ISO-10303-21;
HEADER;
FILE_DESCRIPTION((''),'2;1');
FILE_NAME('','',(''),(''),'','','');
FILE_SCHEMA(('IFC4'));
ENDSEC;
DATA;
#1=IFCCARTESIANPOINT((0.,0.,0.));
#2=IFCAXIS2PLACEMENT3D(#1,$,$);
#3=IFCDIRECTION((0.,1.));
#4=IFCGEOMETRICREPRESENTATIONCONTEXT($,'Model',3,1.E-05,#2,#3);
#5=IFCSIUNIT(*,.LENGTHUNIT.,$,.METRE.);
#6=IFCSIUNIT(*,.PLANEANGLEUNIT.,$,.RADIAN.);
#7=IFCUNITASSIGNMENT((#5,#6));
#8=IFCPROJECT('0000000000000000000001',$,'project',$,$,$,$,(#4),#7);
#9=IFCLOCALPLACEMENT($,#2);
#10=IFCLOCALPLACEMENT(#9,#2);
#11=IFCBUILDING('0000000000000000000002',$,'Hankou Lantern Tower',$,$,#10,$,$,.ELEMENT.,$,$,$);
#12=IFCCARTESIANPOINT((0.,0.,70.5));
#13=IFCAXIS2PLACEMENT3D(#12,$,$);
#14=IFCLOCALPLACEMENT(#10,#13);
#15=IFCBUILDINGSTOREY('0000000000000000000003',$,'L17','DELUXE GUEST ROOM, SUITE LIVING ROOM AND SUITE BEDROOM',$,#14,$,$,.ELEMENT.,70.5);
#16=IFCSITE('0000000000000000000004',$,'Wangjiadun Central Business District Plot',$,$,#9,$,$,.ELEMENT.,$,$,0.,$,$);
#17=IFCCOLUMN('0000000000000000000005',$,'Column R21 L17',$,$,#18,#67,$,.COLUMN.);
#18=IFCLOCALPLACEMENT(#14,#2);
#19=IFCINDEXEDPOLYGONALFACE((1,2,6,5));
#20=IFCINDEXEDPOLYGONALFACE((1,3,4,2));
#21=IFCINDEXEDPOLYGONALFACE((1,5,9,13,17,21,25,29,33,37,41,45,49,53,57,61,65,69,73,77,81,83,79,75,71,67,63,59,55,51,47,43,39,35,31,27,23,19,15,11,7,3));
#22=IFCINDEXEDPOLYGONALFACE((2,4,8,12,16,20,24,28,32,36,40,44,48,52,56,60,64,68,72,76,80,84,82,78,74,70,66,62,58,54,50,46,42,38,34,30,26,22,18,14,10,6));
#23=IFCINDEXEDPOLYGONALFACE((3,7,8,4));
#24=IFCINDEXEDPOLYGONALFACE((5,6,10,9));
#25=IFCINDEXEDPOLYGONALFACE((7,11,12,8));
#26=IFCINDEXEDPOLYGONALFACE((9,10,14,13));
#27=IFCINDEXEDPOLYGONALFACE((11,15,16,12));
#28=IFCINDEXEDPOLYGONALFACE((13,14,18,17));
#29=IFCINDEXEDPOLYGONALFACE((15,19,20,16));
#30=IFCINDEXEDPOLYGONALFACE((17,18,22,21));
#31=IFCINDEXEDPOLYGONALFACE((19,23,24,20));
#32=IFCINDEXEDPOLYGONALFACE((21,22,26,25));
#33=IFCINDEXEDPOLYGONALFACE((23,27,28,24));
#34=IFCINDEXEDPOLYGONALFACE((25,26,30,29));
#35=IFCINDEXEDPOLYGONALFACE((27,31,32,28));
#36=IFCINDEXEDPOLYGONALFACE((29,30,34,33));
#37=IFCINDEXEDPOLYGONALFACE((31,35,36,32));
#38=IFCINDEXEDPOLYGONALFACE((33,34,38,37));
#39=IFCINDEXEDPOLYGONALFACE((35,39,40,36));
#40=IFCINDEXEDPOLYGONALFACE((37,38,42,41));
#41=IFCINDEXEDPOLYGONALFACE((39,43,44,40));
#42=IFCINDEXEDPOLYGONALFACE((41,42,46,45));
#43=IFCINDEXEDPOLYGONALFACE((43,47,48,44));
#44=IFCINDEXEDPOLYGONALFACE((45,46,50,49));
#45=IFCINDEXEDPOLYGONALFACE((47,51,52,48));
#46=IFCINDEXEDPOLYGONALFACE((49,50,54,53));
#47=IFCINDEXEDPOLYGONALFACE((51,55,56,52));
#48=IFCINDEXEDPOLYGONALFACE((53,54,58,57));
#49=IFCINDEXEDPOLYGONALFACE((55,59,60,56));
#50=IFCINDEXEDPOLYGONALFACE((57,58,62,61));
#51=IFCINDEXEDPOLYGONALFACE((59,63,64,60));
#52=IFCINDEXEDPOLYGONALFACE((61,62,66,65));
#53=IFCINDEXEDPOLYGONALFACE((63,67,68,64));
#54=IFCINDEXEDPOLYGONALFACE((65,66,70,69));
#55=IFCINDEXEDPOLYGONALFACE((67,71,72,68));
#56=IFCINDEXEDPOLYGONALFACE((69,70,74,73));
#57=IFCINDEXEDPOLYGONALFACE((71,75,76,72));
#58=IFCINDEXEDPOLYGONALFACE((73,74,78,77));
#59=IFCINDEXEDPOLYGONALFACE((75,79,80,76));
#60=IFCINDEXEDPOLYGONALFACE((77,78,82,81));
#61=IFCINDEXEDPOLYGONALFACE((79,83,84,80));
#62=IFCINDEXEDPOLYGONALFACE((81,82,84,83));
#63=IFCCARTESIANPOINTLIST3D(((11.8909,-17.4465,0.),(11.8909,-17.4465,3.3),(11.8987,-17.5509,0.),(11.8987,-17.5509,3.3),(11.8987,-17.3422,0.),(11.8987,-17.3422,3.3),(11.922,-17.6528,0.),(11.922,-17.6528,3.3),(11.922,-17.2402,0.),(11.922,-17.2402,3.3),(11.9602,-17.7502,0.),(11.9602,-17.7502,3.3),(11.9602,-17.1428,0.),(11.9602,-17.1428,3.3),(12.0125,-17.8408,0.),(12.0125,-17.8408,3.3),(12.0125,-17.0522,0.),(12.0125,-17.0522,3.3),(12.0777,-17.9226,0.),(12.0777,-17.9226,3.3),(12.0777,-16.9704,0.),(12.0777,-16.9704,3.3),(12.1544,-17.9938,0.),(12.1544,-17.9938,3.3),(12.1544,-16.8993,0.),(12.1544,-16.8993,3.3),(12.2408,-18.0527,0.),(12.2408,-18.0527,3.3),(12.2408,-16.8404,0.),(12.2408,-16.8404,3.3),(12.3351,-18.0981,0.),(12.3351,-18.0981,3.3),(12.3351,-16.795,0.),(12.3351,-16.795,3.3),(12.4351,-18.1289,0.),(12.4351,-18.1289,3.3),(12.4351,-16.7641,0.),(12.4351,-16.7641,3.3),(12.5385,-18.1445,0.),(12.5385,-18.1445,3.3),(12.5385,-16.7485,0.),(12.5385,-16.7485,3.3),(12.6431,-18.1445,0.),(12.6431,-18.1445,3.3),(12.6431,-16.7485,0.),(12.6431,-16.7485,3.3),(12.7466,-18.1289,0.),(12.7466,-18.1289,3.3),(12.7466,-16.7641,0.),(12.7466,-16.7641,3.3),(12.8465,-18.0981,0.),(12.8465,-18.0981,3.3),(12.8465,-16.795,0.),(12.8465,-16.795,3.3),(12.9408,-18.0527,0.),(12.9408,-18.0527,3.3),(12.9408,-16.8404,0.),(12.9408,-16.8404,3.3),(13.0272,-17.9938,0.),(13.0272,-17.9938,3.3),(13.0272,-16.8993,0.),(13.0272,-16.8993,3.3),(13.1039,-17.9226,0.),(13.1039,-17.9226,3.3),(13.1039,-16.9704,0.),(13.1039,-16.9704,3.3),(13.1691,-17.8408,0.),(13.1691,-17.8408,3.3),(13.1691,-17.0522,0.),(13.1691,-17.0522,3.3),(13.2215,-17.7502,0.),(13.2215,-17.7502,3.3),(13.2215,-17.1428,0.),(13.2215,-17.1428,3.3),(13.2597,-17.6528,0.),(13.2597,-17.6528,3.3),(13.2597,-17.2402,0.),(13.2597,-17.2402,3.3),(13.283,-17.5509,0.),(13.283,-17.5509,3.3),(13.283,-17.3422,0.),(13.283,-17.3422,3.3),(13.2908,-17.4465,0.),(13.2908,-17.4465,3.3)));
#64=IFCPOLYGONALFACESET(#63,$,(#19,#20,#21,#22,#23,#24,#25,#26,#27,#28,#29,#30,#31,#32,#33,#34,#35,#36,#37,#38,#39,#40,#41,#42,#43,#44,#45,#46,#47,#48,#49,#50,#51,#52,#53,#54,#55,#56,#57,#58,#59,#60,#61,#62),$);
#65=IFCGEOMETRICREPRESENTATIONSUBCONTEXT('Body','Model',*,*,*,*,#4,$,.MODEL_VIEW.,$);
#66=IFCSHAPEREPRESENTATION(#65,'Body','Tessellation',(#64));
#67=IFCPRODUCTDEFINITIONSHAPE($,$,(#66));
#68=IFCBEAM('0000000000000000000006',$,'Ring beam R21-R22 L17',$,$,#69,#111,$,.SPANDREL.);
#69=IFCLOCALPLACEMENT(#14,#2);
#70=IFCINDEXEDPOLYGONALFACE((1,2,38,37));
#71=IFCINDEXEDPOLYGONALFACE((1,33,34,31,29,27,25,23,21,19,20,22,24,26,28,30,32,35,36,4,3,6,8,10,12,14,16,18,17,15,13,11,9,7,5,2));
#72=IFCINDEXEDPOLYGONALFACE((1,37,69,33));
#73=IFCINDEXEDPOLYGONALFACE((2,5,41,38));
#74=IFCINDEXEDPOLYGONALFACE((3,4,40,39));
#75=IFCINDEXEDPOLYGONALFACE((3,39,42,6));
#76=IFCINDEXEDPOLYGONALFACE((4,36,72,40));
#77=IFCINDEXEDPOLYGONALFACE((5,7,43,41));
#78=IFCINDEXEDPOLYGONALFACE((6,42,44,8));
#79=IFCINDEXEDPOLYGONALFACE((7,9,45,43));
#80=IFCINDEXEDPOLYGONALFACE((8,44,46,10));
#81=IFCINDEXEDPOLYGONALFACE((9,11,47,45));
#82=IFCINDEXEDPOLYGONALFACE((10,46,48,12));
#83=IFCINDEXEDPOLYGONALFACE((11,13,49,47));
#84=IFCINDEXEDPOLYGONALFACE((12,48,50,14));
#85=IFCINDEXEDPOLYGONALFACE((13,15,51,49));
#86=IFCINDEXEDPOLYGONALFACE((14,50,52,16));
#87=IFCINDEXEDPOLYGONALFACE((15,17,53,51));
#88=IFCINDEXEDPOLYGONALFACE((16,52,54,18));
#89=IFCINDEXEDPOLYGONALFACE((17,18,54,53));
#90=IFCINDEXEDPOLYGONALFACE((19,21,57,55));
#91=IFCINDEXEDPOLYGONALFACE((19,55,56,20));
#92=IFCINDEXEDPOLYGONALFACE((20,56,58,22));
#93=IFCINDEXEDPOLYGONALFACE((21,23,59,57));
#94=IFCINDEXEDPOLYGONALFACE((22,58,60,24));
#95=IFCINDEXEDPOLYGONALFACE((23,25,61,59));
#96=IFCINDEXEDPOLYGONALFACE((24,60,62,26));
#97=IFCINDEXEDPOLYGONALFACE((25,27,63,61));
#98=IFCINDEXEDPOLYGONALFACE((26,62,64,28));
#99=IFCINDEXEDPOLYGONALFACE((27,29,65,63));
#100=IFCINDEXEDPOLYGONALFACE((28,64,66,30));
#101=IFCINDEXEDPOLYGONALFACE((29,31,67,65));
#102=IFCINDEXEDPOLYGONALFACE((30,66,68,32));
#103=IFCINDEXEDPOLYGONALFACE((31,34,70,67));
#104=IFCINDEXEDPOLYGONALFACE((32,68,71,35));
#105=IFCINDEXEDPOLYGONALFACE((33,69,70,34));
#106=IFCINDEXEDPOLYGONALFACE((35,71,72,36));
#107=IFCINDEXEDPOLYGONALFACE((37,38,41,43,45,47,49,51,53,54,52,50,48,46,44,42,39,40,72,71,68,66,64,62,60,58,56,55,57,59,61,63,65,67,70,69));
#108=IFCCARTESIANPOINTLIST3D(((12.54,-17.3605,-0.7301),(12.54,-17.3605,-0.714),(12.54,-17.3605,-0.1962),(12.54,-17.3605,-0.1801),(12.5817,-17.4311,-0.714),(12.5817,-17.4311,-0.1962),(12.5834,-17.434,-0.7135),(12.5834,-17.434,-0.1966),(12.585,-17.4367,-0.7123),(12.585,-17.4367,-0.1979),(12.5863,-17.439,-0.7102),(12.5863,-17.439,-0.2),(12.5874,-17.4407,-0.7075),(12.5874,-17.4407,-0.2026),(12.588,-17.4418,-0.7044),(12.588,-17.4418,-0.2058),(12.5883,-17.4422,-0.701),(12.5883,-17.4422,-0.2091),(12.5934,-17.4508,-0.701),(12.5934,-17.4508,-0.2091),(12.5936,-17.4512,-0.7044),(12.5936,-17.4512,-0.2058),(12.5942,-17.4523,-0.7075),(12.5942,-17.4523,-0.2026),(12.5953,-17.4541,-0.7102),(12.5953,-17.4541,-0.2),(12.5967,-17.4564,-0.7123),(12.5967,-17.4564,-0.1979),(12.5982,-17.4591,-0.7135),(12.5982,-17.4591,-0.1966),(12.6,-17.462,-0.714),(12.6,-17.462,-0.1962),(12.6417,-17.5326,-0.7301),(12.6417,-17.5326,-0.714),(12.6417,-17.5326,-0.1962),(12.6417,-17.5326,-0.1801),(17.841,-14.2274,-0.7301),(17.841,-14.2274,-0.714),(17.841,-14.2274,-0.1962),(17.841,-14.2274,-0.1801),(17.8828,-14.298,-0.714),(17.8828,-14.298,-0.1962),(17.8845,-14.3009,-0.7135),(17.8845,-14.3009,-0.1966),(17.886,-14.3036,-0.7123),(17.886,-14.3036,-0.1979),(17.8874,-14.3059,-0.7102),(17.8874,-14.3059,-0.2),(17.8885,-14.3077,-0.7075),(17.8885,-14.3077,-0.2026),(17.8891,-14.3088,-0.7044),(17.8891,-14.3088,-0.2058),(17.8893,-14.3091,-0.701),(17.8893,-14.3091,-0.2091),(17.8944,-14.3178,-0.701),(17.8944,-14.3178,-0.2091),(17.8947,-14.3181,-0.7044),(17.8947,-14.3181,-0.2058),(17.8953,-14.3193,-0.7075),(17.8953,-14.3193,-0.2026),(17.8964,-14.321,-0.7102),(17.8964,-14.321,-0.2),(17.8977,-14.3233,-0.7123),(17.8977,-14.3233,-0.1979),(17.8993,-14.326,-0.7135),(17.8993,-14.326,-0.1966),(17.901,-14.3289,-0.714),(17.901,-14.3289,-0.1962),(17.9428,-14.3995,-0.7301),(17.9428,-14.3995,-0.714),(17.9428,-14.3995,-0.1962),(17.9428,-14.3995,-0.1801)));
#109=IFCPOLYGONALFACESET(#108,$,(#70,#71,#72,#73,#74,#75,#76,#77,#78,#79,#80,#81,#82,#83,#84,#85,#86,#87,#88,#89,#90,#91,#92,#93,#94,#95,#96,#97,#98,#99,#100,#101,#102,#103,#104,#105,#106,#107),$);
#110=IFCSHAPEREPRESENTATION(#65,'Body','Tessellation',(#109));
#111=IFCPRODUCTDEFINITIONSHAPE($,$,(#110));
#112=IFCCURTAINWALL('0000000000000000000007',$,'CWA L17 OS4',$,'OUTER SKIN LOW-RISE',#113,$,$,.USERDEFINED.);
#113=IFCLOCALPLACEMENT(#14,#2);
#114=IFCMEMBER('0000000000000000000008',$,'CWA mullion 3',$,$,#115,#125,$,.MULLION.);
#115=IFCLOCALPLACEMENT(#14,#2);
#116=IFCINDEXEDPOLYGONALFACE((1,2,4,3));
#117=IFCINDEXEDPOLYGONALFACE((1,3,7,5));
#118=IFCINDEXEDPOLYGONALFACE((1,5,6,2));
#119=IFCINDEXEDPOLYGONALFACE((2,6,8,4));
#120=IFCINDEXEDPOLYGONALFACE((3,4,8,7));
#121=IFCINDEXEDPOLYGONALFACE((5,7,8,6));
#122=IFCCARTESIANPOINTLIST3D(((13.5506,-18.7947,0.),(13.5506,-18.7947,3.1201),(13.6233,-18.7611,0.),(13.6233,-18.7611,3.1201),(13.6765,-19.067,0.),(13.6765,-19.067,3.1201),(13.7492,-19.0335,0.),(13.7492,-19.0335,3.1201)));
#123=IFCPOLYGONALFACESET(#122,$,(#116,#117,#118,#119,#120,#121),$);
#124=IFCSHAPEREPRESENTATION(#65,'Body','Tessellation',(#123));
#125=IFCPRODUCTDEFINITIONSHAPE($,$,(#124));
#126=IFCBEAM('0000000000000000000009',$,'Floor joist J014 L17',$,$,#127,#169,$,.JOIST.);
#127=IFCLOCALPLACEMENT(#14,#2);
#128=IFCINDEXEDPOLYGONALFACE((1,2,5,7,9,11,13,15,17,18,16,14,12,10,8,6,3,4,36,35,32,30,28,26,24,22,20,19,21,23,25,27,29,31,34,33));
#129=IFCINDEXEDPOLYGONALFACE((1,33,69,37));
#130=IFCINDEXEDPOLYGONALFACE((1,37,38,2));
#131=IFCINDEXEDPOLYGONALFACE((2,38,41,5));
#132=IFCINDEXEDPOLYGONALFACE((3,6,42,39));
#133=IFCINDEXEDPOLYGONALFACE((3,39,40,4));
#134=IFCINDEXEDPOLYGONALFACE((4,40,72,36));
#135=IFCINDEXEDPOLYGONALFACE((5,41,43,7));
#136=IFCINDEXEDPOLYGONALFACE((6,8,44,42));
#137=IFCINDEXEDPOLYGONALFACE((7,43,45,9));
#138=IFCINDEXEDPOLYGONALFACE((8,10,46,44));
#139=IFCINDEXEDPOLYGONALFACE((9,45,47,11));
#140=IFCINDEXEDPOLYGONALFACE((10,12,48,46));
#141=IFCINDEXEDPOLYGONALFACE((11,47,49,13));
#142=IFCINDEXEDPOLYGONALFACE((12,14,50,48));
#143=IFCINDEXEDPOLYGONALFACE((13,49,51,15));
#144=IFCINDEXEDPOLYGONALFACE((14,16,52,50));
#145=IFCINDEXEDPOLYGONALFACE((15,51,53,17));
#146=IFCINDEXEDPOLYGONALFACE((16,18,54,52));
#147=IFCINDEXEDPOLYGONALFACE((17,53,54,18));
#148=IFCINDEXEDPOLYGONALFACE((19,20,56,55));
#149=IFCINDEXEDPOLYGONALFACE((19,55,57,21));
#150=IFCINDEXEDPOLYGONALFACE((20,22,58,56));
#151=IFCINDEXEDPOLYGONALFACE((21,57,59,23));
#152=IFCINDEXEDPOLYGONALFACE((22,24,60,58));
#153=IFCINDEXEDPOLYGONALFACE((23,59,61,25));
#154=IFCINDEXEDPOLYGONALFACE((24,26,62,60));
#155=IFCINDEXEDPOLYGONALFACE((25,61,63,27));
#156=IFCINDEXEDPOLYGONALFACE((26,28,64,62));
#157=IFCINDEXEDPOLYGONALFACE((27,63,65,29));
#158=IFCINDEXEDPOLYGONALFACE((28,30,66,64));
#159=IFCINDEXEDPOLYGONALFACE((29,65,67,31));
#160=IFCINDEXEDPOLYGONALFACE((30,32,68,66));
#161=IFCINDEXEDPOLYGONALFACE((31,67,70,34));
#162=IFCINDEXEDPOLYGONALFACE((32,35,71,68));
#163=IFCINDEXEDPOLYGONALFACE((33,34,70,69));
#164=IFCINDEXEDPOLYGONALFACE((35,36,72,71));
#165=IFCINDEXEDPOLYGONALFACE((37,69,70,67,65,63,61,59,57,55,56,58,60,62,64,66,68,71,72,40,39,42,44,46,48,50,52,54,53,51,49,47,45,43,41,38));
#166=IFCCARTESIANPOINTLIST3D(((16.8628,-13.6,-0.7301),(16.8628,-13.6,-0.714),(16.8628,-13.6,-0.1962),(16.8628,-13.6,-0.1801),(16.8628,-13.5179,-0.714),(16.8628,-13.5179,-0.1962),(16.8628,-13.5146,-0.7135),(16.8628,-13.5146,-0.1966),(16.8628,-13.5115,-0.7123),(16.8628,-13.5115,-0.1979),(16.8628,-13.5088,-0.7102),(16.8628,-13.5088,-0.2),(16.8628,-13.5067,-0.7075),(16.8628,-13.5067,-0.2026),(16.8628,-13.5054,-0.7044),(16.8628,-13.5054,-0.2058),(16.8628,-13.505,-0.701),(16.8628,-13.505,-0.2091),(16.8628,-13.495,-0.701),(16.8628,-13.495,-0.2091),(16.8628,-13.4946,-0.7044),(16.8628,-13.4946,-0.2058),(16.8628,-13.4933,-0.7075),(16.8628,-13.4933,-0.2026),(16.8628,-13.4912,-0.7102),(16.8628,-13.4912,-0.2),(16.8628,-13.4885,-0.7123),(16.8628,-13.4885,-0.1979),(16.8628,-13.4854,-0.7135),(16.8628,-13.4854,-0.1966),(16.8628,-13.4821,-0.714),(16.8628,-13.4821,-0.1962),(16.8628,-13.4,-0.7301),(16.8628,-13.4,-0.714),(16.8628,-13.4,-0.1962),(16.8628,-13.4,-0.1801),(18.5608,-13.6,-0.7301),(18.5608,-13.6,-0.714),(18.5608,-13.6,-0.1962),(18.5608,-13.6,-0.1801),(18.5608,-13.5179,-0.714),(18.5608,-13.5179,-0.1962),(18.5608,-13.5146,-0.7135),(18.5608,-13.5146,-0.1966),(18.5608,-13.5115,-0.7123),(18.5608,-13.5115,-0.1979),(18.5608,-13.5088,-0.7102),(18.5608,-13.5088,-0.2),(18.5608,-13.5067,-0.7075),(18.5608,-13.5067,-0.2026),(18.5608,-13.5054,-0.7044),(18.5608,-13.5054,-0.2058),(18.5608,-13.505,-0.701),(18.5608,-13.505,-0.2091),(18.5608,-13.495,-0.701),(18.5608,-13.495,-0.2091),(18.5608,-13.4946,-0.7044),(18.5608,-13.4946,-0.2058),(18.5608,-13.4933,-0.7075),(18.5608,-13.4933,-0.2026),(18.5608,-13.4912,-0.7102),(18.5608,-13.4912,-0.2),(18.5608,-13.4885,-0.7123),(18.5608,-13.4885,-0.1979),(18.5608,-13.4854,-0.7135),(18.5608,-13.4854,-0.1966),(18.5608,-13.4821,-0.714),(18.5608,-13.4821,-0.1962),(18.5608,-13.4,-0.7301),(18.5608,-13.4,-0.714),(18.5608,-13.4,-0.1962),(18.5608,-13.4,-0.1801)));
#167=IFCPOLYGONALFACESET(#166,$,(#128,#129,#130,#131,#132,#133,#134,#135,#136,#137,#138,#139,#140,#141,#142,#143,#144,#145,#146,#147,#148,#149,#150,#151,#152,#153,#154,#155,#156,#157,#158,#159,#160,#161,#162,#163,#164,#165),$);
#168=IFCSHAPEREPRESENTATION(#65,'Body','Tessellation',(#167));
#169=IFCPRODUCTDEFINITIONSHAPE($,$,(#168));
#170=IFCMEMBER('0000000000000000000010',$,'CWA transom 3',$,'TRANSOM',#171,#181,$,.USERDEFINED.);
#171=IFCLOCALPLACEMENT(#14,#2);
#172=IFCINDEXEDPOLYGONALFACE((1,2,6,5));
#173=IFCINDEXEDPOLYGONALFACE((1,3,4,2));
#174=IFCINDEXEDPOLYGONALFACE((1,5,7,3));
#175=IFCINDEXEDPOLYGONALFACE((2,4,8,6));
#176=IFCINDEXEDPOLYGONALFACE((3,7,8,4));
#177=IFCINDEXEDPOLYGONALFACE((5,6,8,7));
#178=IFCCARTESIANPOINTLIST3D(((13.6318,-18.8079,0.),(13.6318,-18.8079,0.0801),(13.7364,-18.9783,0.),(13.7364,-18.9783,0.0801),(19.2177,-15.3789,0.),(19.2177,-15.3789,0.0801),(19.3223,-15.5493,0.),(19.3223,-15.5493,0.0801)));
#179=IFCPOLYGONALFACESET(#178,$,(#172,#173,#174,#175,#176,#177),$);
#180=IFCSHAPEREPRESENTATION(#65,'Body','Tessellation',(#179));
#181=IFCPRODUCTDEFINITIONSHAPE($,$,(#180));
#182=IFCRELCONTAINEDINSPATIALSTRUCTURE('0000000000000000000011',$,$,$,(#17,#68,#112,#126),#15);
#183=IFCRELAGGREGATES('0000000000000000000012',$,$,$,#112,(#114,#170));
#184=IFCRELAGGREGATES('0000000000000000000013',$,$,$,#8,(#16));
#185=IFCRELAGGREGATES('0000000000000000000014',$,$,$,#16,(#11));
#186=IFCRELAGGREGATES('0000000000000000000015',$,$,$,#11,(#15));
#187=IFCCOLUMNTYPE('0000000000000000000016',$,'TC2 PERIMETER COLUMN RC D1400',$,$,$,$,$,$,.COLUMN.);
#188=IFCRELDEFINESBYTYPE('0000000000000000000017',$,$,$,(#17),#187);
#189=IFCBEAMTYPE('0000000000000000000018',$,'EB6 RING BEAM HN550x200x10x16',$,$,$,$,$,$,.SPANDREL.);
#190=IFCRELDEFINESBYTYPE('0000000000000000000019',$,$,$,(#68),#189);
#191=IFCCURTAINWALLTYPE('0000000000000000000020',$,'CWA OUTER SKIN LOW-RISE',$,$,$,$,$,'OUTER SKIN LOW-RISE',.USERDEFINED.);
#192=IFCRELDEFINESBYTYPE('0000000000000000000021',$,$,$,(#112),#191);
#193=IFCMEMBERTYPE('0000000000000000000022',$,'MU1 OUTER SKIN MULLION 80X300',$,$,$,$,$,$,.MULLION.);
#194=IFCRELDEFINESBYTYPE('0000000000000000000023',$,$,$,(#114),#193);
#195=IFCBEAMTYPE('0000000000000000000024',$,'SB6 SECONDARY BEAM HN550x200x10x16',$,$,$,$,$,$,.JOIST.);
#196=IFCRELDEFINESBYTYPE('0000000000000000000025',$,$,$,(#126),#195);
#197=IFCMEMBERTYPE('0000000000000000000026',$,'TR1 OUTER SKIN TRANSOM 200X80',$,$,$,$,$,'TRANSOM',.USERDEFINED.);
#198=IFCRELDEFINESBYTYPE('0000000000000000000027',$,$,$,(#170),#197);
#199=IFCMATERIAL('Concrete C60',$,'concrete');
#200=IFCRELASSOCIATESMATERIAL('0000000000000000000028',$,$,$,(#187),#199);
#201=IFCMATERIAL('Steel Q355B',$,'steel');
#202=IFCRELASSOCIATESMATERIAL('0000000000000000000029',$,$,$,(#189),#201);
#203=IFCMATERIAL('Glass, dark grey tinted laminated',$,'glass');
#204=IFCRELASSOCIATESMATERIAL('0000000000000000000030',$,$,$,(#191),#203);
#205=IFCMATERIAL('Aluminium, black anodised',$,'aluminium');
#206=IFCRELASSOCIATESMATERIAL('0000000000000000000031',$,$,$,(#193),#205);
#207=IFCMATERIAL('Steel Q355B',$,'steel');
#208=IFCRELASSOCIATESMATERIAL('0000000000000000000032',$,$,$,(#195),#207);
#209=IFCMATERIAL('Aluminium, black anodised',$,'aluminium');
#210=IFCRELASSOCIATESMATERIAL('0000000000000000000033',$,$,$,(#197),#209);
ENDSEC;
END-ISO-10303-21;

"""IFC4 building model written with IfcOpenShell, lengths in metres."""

from ifc_helpers import new_model, si_unit, direction, frame, origin, origin_2d, place, context, subcontext, project, spatial, rectangle, circle, i_section, extrude, material, material_profile, profile_set, type_object, element, aggregate, save


model = new_model("IFC4")

# Units and contexts
model_context = context("Model", 3, precision=1e-05, world=origin(), true_north=direction((0.0, 1.0)))
body_context = subcontext(model_context, "Body", "Model", "MODEL_VIEW")
ifc_project = project(units=[si_unit("LENGTHUNIT", "METRE"), si_unit("PLANEANGLEUNIT", "RADIAN")], contexts=[model_context])

# Site, building, storey
site_placement = place(None, origin())
site = spatial("IfcSite", under=ifc_project, at=site_placement, Name="Wangjiadun Central Business District Plot", CompositionType="ELEMENT", RefElevation=0.0)
building_placement = place(site_placement, origin())
building = spatial("IfcBuilding", under=site, at=building_placement, Name="Hankou Lantern Tower", CompositionType="ELEMENT")
storey_placement = place(building_placement, frame((0.0, 0.0, 70.5)))
storey = spatial("IfcBuildingStorey", under=building, at=storey_placement, Name="L17", Description="DELUXE GUEST ROOM, SUITE LIVING ROOM AND SUITE BEDROOM", CompositionType="ELEMENT", Elevation=70.5)

# Column
ifc_material_1 = material(Name="Concrete C60", Category="concrete")
ifc_material_profile_1 = material_profile(ifc_material_1, circle(Radius=0.7, at=origin_2d()), Name="RC D1400")
ifc_profile_set_1 = profile_set([ifc_material_profile_1], Name="Concrete C60")
column_type = type_object("IfcColumnType", Name="TC2 PERIMETER COLUMN RC D1400", PredefinedType="COLUMN", material=ifc_profile_set_1)
column_placement = place(storey_placement, frame((12.5908, -17.4465, 0.0), z_axis=(0.0, 0.0, 1.0), x_axis=(1.0, 0.0, 0.0)))
element("IfcColumn", 1, at=column_placement, inside=storey, type_object=column_type, Name="Column R21 L17", PredefinedType="COLUMN", context=body_context, shape_type="SweptSolid", body=[
    extrude(circle(Radius=0.7, at=origin_2d()), origin(), (0.0, 0.0, 1.0), 3.3),
])

# Beam
ifc_material_2 = material(Name="Steel Q355B", Category="steel")
ifc_material_profile_2 = material_profile(ifc_material_2, i_section(OverallWidth=0.2, OverallDepth=0.55, WebThickness=0.01, FlangeThickness=0.0161, FilletRadius=0.0129, at=origin_2d()), Name="HN550x200x10x16")
ifc_profile_set_2 = profile_set([ifc_material_profile_2], Name="Steel Q355B")
beam_type_1 = type_object("IfcBeamType", Name="EB6 RING BEAM HN550x200x10x16", PredefinedType="SPANDREL", material=ifc_profile_set_2)
beam_1_placement = place(storey_placement, frame((12.5908, -17.4465, -0.4551), z_axis=(0.860882, 0.508805, 0.0), x_axis=(-0.508805, 0.860882, 0.0)))
element("IfcBeam", 2, at=beam_1_placement, inside=storey, type_object=beam_type_1, Name="Ring beam R21-R22 L17", PredefinedType="SPANDREL", context=body_context, shape_type="SweptSolid", body=[
    extrude(i_section(OverallWidth=0.2, OverallDepth=0.55, WebThickness=0.01, FlangeThickness=0.0161, FilletRadius=0.0129, at=origin_2d()), origin(), (0.0, 0.0, 1.0), 6.1577),
])

# Curtain wall, member
ifc_material_3 = material(Name="Glass, dark grey tinted laminated", Category="glass")
curtain_wall_type = type_object("IfcCurtainWallType", Name="CWA OUTER SKIN LOW-RISE", ElementType="OUTER SKIN LOW-RISE", PredefinedType="USERDEFINED", material=ifc_material_3)
curtain_wall_placement = place(storey_placement, origin())
curtain_wall = element("IfcCurtainWall", 3, at=curtain_wall_placement, inside=storey, type_object=curtain_wall_type, Name="CWA L17 OS4", ObjectType="OUTER SKIN LOW-RISE", PredefinedType="USERDEFINED")
ifc_material_4 = material(Name="Aluminium, black anodised", Category="aluminium")
ifc_material_profile_3 = material_profile(ifc_material_4, rectangle(XDim=0.0801, YDim=0.3, at=origin_2d()), Name="MU1 80X300")
ifc_profile_set_3 = profile_set([ifc_material_profile_3], Name="Aluminium, black anodised")
member_type_1 = type_object("IfcMemberType", Name="MU1 OUTER SKIN MULLION 80X300", PredefinedType="MULLION", material=ifc_profile_set_3)
member_1_placement = place(storey_placement, frame((13.6499, -18.9141, 0.0), z_axis=(0.0, 0.0, 1.0), x_axis=(0.907841, 0.419314, 0.0)))
member_1 = element("IfcMember", 4, at=member_1_placement, type_object=member_type_1, Name="CWA mullion 3", PredefinedType="MULLION", context=body_context, shape_type="SweptSolid", body=[
    extrude(rectangle(XDim=0.0801, YDim=0.3, at=origin_2d()), origin(), (0.0, 0.0, 1.0), 3.1201),
])

# Beam
ifc_material_5 = material(Name="Steel Q355B", Category="steel")
ifc_material_profile_4 = material_profile(ifc_material_5, i_section(OverallWidth=0.2, OverallDepth=0.55, WebThickness=0.01, FlangeThickness=0.0161, FilletRadius=0.0129, at=origin_2d()), Name="HN550x200x10x16")
ifc_profile_set_4 = profile_set([ifc_material_profile_4], Name="Steel Q355B")
beam_type_2 = type_object("IfcBeamType", Name="SB6 SECONDARY BEAM HN550x200x10x16", PredefinedType="JOIST", material=ifc_profile_set_4)
beam_2_placement = place(storey_placement, frame((16.8628, -13.5, -0.4551), z_axis=(1.0, 0.0, 0.0), x_axis=(0.0, 1.0, 0.0)))
element("IfcBeam", 5, at=beam_2_placement, inside=storey, type_object=beam_type_2, Name="Floor joist J014 L17", PredefinedType="JOIST", context=body_context, shape_type="SweptSolid", body=[
    extrude(i_section(OverallWidth=0.2, OverallDepth=0.55, WebThickness=0.01, FlangeThickness=0.0161, FilletRadius=0.0129, at=origin_2d()), origin(), (0.0, 0.0, 1.0), 1.698),
])

# Member
ifc_material_6 = material(Name="Aluminium, black anodised", Category="aluminium")
ifc_material_profile_5 = material_profile(ifc_material_6, rectangle(XDim=0.2, YDim=0.0801, at=origin_2d()), Name="TR1 200X80")
ifc_profile_set_5 = profile_set([ifc_material_profile_5], Name="Aluminium, black anodised")
member_type_2 = type_object("IfcMemberType", Name="TR1 OUTER SKIN TRANSOM 200X80", ElementType="TRANSOM", PredefinedType="USERDEFINED", material=ifc_profile_set_5)
member_2_placement = place(storey_placement, frame((13.6841, -18.8931, 0.04), z_axis=(0.85224, 0.523152, 0.0), x_axis=(-0.523152, 0.85224, 0.0)))
member_2 = element("IfcMember", 6, at=member_2_placement, type_object=member_type_2, Name="CWA transom 3", ObjectType="TRANSOM", PredefinedType="USERDEFINED", context=body_context, shape_type="SweptSolid", body=[
    extrude(rectangle(XDim=0.2, YDim=0.0801, at=origin_2d()), origin(), (0.0, 0.0, 1.0), 6.5544),
])

aggregate(curtain_wall, [member_1, member_2])

save(model, "model.ifc")
